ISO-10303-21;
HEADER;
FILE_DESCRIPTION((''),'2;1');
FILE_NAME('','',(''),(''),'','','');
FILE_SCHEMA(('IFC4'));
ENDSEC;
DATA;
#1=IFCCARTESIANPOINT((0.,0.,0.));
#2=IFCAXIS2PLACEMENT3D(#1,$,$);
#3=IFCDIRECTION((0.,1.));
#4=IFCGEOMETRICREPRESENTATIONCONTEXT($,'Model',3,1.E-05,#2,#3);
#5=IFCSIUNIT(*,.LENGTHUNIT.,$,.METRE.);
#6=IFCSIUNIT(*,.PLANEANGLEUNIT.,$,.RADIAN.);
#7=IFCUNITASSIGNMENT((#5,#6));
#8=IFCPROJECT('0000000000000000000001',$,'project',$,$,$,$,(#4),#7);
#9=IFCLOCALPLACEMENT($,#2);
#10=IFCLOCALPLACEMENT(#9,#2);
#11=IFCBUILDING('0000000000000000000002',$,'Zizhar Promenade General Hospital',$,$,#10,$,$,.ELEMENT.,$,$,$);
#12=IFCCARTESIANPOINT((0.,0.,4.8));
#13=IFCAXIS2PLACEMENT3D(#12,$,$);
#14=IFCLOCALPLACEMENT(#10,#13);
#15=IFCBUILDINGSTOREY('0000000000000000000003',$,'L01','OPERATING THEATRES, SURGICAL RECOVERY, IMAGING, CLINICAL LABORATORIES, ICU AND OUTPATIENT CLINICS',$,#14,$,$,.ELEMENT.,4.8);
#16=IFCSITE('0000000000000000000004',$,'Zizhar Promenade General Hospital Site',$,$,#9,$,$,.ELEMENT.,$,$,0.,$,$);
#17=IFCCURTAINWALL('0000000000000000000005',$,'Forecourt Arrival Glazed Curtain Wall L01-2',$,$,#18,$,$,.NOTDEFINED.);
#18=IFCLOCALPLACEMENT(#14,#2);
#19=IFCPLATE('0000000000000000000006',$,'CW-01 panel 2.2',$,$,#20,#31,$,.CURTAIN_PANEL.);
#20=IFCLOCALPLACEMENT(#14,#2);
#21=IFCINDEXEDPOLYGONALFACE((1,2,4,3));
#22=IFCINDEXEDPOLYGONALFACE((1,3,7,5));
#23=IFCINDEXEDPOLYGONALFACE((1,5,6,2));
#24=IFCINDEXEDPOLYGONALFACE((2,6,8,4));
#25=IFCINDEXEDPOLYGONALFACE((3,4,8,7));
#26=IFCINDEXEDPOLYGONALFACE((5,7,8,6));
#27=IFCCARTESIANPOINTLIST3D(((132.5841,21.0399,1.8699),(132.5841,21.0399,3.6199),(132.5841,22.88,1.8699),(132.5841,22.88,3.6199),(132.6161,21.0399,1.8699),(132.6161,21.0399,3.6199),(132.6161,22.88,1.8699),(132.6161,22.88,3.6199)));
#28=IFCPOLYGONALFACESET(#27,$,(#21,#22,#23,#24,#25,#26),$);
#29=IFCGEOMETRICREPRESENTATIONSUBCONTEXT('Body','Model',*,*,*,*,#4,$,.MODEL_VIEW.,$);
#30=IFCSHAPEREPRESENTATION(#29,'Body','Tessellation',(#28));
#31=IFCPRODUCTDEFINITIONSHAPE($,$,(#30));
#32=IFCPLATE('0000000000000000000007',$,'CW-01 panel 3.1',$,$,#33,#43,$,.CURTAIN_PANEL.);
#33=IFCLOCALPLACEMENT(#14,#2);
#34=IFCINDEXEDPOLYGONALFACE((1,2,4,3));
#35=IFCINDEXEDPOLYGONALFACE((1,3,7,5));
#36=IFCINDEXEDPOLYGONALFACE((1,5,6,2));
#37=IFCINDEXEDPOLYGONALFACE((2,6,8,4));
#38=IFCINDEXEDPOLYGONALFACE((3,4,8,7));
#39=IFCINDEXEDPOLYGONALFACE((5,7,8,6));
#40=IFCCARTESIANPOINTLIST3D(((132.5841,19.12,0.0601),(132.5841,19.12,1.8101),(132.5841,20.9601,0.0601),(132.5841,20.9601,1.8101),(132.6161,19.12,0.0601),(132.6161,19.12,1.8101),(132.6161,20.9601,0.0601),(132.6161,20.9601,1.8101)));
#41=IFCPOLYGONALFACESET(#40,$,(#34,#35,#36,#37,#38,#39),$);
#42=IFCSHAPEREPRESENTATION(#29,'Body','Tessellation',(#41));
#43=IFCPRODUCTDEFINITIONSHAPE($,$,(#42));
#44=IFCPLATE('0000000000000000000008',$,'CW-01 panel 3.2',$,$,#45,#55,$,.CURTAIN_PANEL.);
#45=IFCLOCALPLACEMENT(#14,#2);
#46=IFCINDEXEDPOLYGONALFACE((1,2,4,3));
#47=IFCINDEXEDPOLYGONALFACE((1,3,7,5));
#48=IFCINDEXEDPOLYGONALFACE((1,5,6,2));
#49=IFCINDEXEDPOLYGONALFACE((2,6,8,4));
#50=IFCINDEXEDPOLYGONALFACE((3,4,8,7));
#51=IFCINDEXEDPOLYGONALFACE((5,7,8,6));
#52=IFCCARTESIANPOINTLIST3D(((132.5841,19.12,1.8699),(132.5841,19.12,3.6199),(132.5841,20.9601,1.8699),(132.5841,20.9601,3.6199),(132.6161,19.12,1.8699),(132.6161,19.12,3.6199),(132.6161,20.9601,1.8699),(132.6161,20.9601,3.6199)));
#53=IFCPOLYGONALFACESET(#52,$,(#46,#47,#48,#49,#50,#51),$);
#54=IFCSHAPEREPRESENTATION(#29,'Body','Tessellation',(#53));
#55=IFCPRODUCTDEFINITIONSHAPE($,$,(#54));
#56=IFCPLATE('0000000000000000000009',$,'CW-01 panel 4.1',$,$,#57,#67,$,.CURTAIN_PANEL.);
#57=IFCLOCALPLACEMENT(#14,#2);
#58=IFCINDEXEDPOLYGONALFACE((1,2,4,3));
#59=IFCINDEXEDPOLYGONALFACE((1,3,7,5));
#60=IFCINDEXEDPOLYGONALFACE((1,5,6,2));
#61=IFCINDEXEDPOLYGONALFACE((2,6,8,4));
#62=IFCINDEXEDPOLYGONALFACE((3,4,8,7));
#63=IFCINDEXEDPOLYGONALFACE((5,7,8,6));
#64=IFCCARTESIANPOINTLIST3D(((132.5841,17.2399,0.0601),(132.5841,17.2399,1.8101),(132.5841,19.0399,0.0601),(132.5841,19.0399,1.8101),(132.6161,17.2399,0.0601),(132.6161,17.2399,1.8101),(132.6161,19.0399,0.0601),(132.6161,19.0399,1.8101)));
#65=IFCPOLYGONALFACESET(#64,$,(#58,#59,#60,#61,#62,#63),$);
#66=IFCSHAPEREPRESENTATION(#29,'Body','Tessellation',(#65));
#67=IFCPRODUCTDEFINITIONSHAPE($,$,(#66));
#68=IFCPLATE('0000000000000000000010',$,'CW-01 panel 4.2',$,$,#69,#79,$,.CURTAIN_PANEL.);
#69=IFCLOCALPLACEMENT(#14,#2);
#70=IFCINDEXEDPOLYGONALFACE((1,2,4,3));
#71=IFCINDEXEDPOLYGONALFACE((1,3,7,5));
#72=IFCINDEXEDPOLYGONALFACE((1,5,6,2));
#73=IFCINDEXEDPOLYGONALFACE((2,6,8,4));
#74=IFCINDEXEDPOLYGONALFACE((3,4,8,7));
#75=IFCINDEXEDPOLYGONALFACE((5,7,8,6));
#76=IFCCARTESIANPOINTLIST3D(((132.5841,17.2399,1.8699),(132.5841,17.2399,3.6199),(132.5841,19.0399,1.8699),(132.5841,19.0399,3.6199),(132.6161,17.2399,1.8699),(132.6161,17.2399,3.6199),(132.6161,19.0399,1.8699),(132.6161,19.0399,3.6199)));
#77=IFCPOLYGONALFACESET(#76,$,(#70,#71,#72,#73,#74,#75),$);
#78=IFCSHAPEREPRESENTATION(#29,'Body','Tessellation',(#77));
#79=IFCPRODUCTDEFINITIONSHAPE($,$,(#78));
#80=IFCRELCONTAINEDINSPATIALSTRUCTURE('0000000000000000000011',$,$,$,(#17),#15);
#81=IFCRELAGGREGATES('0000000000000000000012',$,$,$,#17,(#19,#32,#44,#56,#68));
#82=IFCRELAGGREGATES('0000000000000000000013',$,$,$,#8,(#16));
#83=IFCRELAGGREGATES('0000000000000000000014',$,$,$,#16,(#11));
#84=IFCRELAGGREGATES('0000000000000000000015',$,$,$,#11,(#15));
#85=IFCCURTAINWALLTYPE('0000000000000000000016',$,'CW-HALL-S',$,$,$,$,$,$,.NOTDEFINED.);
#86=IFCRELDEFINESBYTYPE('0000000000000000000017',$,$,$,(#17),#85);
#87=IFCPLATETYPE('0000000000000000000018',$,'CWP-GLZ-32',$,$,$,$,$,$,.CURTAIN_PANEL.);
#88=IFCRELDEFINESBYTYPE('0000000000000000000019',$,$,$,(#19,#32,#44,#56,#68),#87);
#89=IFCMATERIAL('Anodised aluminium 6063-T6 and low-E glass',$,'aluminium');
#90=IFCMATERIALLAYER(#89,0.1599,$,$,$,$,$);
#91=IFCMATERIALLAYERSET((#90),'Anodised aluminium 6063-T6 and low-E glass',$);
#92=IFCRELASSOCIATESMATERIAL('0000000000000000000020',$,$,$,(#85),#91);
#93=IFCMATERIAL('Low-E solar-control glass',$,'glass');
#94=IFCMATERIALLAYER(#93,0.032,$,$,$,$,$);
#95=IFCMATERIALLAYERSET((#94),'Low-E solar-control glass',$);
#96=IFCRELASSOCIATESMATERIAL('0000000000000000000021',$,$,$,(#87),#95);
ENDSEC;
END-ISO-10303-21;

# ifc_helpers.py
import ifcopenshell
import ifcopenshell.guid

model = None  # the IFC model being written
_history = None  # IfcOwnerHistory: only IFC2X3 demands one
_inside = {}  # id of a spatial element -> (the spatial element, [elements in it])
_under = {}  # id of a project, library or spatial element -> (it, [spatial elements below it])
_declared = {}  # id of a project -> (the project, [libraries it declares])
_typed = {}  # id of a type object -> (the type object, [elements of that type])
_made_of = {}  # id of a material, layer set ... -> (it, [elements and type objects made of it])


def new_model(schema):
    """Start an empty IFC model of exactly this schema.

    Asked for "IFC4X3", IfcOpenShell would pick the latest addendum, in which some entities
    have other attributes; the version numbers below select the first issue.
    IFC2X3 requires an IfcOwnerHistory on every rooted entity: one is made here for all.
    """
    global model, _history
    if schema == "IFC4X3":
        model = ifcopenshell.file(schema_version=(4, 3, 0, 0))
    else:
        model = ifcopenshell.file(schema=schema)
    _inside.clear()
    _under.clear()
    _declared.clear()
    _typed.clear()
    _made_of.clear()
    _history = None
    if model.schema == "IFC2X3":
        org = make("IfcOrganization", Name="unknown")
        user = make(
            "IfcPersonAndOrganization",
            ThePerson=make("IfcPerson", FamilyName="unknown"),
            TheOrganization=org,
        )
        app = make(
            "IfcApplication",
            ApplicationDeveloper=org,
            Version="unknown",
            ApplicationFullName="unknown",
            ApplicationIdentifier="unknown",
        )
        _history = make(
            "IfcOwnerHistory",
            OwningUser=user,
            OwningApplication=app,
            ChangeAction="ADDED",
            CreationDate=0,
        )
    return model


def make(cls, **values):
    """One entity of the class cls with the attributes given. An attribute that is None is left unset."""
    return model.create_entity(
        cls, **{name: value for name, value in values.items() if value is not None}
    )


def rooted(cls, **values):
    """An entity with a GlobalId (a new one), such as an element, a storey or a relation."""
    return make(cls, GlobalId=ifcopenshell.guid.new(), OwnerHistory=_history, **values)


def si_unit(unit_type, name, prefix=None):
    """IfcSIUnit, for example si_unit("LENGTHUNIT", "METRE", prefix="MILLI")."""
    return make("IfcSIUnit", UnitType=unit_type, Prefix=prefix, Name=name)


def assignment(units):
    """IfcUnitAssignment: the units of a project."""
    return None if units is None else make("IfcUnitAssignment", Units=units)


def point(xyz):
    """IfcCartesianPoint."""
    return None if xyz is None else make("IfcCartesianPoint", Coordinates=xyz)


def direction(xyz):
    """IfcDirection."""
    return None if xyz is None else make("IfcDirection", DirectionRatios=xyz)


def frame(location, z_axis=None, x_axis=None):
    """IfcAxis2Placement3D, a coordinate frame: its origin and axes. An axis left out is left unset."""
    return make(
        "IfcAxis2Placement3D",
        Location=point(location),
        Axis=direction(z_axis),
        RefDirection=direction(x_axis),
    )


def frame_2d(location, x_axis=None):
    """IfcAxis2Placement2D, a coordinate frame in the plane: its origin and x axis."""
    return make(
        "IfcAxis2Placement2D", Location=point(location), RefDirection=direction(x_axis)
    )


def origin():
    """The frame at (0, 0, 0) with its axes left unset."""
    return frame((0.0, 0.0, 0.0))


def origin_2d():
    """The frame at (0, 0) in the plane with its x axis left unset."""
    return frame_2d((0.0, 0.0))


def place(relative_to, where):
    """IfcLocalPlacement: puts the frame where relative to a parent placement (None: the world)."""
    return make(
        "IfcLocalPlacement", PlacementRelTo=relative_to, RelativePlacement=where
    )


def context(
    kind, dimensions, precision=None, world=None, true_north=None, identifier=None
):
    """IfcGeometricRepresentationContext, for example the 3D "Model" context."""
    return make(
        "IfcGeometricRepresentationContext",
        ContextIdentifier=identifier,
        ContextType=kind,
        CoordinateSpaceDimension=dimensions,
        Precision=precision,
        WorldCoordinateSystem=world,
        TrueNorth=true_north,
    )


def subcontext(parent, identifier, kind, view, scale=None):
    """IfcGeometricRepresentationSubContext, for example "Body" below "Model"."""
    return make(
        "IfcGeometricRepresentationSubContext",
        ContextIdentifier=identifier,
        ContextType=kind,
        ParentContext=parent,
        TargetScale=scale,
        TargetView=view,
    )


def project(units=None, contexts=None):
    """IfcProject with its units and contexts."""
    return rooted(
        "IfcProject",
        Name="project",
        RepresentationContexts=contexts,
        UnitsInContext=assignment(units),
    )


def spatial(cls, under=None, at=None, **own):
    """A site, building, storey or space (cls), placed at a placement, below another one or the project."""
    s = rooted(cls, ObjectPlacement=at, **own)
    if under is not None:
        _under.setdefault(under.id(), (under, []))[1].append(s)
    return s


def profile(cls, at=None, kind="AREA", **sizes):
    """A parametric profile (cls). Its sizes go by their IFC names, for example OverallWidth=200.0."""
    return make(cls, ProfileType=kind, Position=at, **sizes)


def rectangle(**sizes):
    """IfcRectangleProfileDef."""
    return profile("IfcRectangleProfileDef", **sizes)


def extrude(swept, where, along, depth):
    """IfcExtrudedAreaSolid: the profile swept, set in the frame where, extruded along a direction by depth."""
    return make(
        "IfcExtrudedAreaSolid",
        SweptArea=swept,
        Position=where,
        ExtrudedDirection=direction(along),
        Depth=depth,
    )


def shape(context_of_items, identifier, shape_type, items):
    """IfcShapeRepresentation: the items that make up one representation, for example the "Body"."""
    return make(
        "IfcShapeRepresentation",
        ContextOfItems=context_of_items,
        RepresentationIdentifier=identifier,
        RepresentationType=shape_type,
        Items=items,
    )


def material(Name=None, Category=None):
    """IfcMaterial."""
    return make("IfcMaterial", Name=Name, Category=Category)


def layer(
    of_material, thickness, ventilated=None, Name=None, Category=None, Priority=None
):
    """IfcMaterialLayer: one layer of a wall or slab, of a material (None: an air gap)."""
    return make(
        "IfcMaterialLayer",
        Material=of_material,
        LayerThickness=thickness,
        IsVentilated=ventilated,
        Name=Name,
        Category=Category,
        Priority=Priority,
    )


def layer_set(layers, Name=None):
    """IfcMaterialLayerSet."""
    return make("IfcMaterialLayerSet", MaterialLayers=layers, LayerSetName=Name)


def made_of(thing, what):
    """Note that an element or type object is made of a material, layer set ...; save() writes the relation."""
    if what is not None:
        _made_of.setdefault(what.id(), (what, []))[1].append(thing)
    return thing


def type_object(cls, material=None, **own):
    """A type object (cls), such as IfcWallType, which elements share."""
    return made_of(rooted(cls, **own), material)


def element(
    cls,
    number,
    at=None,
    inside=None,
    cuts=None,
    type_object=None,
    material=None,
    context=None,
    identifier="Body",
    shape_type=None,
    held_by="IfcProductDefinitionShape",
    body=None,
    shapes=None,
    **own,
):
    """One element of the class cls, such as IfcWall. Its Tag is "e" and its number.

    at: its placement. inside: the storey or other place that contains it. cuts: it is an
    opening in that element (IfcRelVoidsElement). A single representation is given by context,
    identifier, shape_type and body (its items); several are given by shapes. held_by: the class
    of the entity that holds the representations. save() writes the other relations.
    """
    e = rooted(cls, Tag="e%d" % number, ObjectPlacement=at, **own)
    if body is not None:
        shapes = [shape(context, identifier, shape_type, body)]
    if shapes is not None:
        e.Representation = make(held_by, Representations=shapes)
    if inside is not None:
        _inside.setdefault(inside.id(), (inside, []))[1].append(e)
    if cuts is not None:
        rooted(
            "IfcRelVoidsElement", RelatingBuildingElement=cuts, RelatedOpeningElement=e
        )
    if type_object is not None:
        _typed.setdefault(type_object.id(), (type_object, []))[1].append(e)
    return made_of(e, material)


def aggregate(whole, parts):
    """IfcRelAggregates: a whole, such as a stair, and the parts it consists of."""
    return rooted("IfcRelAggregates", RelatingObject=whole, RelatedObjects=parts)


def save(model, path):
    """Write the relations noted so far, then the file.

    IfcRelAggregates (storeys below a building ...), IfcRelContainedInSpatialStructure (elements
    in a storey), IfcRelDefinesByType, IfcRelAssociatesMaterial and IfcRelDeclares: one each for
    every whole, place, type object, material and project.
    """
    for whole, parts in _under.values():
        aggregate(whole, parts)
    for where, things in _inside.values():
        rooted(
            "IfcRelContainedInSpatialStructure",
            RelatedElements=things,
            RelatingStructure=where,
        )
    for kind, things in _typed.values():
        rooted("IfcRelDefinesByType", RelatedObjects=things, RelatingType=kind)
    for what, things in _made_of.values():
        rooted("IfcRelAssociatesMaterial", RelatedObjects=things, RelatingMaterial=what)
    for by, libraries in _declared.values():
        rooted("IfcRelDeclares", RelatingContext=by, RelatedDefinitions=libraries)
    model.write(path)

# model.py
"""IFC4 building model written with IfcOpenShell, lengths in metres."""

from ifc_helpers import new_model, si_unit, direction, frame, origin, origin_2d, place, context, subcontext, project, spatial, rectangle, extrude, material, layer, layer_set, type_object, element, aggregate, save


model = new_model("IFC4")

# Units and contexts
model_context = context("Model", 3, precision=1e-05, world=origin(), true_north=direction((0.0, 1.0)))
body_context = subcontext(model_context, "Body", "Model", "MODEL_VIEW")
ifc_project = project(units=[si_unit("LENGTHUNIT", "METRE"), si_unit("PLANEANGLEUNIT", "RADIAN")], contexts=[model_context])

# Site, building, storey
site_placement = place(None, origin())
site = spatial("IfcSite", under=ifc_project, at=site_placement, Name="Zizhar Promenade General Hospital Site", CompositionType="ELEMENT", RefElevation=0.0)
building_placement = place(site_placement, origin())
building = spatial("IfcBuilding", under=site, at=building_placement, Name="Zizhar Promenade General Hospital", CompositionType="ELEMENT")
storey_placement = place(building_placement, frame((0.0, 0.0, 4.8)))
storey = spatial("IfcBuildingStorey", under=building, at=storey_placement, Name="L01", Description="OPERATING THEATRES, SURGICAL RECOVERY, IMAGING, CLINICAL LABORATORIES, ICU AND OUTPATIENT CLINICS", CompositionType="ELEMENT", Elevation=4.8)

# Curtain wall, plates
ifc_material_1 = material(Name="Anodised aluminium 6063-T6 and low-E glass", Category="aluminium")
ifc_layer_1 = layer(ifc_material_1, 0.1599)
ifc_layer_set_1 = layer_set([ifc_layer_1], Name="Anodised aluminium 6063-T6 and low-E glass")
curtain_wall_type = type_object("IfcCurtainWallType", Name="CW-HALL-S", PredefinedType="NOTDEFINED", material=ifc_layer_set_1)
curtain_wall_placement = place(storey_placement, origin())
curtain_wall = element("IfcCurtainWall", 1, at=curtain_wall_placement, inside=storey, type_object=curtain_wall_type, Name="Forecourt Arrival Glazed Curtain Wall L01-2", PredefinedType="NOTDEFINED")
ifc_material_2 = material(Name="Low-E solar-control glass", Category="glass")
ifc_layer_2 = layer(ifc_material_2, 0.032)
ifc_layer_set_2 = layer_set([ifc_layer_2], Name="Low-E solar-control glass")
plate_type = type_object("IfcPlateType", Name="CWP-GLZ-32", PredefinedType="CURTAIN_PANEL", material=ifc_layer_set_2)
plate_1_placement = place(storey_placement, frame((132.6001, 21.96, 1.8699), z_axis=(0.0, 0.0, 1.0), x_axis=(0.0, -1.0, 0.0)))
plate_1 = element("IfcPlate", 2, at=plate_1_placement, type_object=plate_type, Name="CW-01 panel 2.2", PredefinedType="CURTAIN_PANEL", context=body_context, shape_type="SweptSolid", body=[
    extrude(rectangle(XDim=1.8401, YDim=0.032, at=origin_2d()), origin(), (0.0, 0.0, 1.0), 1.75),
])
plate_2_placement = place(storey_placement, frame((132.6001, 20.04, 0.0601), z_axis=(0.0, 0.0, 1.0), x_axis=(0.0, -1.0, 0.0)))
plate_2 = element("IfcPlate", 3, at=plate_2_placement, type_object=plate_type, Name="CW-01 panel 3.1", PredefinedType="CURTAIN_PANEL", context=body_context, shape_type="SweptSolid", body=[
    extrude(rectangle(XDim=1.8401, YDim=0.032, at=origin_2d()), origin(), (0.0, 0.0, 1.0), 1.75),
])
plate_3_placement = place(storey_placement, frame((132.6001, 20.04, 1.8699), z_axis=(0.0, 0.0, 1.0), x_axis=(0.0, -1.0, 0.0)))
plate_3 = element("IfcPlate", 4, at=plate_3_placement, type_object=plate_type, Name="CW-01 panel 3.2", PredefinedType="CURTAIN_PANEL", context=body_context, shape_type="SweptSolid", body=[
    extrude(rectangle(XDim=1.8401, YDim=0.032, at=origin_2d()), origin(), (0.0, 0.0, 1.0), 1.75),
])
plate_4_placement = place(storey_placement, frame((132.6001, 18.1399, 0.0601), z_axis=(0.0, 0.0, 1.0), x_axis=(0.0, -1.0, 0.0)))
plate_4 = element("IfcPlate", 5, at=plate_4_placement, type_object=plate_type, Name="CW-01 panel 4.1", PredefinedType="CURTAIN_PANEL", context=body_context, shape_type="SweptSolid", body=[
    extrude(rectangle(XDim=1.8, YDim=0.032, at=origin_2d()), origin(), (0.0, 0.0, 1.0), 1.75),
])
plate_5_placement = place(storey_placement, frame((132.6001, 18.1399, 1.8699), z_axis=(0.0, 0.0, 1.0), x_axis=(0.0, -1.0, 0.0)))
plate_5 = element("IfcPlate", 6, at=plate_5_placement, type_object=plate_type, Name="CW-01 panel 4.2", PredefinedType="CURTAIN_PANEL", context=body_context, shape_type="SweptSolid", body=[
    extrude(rectangle(XDim=1.8, YDim=0.032, at=origin_2d()), origin(), (0.0, 0.0, 1.0), 1.75),
])
aggregate(curtain_wall, [plate_1, plate_2, plate_3, plate_4, plate_5])

save(model, "model.ifc")
